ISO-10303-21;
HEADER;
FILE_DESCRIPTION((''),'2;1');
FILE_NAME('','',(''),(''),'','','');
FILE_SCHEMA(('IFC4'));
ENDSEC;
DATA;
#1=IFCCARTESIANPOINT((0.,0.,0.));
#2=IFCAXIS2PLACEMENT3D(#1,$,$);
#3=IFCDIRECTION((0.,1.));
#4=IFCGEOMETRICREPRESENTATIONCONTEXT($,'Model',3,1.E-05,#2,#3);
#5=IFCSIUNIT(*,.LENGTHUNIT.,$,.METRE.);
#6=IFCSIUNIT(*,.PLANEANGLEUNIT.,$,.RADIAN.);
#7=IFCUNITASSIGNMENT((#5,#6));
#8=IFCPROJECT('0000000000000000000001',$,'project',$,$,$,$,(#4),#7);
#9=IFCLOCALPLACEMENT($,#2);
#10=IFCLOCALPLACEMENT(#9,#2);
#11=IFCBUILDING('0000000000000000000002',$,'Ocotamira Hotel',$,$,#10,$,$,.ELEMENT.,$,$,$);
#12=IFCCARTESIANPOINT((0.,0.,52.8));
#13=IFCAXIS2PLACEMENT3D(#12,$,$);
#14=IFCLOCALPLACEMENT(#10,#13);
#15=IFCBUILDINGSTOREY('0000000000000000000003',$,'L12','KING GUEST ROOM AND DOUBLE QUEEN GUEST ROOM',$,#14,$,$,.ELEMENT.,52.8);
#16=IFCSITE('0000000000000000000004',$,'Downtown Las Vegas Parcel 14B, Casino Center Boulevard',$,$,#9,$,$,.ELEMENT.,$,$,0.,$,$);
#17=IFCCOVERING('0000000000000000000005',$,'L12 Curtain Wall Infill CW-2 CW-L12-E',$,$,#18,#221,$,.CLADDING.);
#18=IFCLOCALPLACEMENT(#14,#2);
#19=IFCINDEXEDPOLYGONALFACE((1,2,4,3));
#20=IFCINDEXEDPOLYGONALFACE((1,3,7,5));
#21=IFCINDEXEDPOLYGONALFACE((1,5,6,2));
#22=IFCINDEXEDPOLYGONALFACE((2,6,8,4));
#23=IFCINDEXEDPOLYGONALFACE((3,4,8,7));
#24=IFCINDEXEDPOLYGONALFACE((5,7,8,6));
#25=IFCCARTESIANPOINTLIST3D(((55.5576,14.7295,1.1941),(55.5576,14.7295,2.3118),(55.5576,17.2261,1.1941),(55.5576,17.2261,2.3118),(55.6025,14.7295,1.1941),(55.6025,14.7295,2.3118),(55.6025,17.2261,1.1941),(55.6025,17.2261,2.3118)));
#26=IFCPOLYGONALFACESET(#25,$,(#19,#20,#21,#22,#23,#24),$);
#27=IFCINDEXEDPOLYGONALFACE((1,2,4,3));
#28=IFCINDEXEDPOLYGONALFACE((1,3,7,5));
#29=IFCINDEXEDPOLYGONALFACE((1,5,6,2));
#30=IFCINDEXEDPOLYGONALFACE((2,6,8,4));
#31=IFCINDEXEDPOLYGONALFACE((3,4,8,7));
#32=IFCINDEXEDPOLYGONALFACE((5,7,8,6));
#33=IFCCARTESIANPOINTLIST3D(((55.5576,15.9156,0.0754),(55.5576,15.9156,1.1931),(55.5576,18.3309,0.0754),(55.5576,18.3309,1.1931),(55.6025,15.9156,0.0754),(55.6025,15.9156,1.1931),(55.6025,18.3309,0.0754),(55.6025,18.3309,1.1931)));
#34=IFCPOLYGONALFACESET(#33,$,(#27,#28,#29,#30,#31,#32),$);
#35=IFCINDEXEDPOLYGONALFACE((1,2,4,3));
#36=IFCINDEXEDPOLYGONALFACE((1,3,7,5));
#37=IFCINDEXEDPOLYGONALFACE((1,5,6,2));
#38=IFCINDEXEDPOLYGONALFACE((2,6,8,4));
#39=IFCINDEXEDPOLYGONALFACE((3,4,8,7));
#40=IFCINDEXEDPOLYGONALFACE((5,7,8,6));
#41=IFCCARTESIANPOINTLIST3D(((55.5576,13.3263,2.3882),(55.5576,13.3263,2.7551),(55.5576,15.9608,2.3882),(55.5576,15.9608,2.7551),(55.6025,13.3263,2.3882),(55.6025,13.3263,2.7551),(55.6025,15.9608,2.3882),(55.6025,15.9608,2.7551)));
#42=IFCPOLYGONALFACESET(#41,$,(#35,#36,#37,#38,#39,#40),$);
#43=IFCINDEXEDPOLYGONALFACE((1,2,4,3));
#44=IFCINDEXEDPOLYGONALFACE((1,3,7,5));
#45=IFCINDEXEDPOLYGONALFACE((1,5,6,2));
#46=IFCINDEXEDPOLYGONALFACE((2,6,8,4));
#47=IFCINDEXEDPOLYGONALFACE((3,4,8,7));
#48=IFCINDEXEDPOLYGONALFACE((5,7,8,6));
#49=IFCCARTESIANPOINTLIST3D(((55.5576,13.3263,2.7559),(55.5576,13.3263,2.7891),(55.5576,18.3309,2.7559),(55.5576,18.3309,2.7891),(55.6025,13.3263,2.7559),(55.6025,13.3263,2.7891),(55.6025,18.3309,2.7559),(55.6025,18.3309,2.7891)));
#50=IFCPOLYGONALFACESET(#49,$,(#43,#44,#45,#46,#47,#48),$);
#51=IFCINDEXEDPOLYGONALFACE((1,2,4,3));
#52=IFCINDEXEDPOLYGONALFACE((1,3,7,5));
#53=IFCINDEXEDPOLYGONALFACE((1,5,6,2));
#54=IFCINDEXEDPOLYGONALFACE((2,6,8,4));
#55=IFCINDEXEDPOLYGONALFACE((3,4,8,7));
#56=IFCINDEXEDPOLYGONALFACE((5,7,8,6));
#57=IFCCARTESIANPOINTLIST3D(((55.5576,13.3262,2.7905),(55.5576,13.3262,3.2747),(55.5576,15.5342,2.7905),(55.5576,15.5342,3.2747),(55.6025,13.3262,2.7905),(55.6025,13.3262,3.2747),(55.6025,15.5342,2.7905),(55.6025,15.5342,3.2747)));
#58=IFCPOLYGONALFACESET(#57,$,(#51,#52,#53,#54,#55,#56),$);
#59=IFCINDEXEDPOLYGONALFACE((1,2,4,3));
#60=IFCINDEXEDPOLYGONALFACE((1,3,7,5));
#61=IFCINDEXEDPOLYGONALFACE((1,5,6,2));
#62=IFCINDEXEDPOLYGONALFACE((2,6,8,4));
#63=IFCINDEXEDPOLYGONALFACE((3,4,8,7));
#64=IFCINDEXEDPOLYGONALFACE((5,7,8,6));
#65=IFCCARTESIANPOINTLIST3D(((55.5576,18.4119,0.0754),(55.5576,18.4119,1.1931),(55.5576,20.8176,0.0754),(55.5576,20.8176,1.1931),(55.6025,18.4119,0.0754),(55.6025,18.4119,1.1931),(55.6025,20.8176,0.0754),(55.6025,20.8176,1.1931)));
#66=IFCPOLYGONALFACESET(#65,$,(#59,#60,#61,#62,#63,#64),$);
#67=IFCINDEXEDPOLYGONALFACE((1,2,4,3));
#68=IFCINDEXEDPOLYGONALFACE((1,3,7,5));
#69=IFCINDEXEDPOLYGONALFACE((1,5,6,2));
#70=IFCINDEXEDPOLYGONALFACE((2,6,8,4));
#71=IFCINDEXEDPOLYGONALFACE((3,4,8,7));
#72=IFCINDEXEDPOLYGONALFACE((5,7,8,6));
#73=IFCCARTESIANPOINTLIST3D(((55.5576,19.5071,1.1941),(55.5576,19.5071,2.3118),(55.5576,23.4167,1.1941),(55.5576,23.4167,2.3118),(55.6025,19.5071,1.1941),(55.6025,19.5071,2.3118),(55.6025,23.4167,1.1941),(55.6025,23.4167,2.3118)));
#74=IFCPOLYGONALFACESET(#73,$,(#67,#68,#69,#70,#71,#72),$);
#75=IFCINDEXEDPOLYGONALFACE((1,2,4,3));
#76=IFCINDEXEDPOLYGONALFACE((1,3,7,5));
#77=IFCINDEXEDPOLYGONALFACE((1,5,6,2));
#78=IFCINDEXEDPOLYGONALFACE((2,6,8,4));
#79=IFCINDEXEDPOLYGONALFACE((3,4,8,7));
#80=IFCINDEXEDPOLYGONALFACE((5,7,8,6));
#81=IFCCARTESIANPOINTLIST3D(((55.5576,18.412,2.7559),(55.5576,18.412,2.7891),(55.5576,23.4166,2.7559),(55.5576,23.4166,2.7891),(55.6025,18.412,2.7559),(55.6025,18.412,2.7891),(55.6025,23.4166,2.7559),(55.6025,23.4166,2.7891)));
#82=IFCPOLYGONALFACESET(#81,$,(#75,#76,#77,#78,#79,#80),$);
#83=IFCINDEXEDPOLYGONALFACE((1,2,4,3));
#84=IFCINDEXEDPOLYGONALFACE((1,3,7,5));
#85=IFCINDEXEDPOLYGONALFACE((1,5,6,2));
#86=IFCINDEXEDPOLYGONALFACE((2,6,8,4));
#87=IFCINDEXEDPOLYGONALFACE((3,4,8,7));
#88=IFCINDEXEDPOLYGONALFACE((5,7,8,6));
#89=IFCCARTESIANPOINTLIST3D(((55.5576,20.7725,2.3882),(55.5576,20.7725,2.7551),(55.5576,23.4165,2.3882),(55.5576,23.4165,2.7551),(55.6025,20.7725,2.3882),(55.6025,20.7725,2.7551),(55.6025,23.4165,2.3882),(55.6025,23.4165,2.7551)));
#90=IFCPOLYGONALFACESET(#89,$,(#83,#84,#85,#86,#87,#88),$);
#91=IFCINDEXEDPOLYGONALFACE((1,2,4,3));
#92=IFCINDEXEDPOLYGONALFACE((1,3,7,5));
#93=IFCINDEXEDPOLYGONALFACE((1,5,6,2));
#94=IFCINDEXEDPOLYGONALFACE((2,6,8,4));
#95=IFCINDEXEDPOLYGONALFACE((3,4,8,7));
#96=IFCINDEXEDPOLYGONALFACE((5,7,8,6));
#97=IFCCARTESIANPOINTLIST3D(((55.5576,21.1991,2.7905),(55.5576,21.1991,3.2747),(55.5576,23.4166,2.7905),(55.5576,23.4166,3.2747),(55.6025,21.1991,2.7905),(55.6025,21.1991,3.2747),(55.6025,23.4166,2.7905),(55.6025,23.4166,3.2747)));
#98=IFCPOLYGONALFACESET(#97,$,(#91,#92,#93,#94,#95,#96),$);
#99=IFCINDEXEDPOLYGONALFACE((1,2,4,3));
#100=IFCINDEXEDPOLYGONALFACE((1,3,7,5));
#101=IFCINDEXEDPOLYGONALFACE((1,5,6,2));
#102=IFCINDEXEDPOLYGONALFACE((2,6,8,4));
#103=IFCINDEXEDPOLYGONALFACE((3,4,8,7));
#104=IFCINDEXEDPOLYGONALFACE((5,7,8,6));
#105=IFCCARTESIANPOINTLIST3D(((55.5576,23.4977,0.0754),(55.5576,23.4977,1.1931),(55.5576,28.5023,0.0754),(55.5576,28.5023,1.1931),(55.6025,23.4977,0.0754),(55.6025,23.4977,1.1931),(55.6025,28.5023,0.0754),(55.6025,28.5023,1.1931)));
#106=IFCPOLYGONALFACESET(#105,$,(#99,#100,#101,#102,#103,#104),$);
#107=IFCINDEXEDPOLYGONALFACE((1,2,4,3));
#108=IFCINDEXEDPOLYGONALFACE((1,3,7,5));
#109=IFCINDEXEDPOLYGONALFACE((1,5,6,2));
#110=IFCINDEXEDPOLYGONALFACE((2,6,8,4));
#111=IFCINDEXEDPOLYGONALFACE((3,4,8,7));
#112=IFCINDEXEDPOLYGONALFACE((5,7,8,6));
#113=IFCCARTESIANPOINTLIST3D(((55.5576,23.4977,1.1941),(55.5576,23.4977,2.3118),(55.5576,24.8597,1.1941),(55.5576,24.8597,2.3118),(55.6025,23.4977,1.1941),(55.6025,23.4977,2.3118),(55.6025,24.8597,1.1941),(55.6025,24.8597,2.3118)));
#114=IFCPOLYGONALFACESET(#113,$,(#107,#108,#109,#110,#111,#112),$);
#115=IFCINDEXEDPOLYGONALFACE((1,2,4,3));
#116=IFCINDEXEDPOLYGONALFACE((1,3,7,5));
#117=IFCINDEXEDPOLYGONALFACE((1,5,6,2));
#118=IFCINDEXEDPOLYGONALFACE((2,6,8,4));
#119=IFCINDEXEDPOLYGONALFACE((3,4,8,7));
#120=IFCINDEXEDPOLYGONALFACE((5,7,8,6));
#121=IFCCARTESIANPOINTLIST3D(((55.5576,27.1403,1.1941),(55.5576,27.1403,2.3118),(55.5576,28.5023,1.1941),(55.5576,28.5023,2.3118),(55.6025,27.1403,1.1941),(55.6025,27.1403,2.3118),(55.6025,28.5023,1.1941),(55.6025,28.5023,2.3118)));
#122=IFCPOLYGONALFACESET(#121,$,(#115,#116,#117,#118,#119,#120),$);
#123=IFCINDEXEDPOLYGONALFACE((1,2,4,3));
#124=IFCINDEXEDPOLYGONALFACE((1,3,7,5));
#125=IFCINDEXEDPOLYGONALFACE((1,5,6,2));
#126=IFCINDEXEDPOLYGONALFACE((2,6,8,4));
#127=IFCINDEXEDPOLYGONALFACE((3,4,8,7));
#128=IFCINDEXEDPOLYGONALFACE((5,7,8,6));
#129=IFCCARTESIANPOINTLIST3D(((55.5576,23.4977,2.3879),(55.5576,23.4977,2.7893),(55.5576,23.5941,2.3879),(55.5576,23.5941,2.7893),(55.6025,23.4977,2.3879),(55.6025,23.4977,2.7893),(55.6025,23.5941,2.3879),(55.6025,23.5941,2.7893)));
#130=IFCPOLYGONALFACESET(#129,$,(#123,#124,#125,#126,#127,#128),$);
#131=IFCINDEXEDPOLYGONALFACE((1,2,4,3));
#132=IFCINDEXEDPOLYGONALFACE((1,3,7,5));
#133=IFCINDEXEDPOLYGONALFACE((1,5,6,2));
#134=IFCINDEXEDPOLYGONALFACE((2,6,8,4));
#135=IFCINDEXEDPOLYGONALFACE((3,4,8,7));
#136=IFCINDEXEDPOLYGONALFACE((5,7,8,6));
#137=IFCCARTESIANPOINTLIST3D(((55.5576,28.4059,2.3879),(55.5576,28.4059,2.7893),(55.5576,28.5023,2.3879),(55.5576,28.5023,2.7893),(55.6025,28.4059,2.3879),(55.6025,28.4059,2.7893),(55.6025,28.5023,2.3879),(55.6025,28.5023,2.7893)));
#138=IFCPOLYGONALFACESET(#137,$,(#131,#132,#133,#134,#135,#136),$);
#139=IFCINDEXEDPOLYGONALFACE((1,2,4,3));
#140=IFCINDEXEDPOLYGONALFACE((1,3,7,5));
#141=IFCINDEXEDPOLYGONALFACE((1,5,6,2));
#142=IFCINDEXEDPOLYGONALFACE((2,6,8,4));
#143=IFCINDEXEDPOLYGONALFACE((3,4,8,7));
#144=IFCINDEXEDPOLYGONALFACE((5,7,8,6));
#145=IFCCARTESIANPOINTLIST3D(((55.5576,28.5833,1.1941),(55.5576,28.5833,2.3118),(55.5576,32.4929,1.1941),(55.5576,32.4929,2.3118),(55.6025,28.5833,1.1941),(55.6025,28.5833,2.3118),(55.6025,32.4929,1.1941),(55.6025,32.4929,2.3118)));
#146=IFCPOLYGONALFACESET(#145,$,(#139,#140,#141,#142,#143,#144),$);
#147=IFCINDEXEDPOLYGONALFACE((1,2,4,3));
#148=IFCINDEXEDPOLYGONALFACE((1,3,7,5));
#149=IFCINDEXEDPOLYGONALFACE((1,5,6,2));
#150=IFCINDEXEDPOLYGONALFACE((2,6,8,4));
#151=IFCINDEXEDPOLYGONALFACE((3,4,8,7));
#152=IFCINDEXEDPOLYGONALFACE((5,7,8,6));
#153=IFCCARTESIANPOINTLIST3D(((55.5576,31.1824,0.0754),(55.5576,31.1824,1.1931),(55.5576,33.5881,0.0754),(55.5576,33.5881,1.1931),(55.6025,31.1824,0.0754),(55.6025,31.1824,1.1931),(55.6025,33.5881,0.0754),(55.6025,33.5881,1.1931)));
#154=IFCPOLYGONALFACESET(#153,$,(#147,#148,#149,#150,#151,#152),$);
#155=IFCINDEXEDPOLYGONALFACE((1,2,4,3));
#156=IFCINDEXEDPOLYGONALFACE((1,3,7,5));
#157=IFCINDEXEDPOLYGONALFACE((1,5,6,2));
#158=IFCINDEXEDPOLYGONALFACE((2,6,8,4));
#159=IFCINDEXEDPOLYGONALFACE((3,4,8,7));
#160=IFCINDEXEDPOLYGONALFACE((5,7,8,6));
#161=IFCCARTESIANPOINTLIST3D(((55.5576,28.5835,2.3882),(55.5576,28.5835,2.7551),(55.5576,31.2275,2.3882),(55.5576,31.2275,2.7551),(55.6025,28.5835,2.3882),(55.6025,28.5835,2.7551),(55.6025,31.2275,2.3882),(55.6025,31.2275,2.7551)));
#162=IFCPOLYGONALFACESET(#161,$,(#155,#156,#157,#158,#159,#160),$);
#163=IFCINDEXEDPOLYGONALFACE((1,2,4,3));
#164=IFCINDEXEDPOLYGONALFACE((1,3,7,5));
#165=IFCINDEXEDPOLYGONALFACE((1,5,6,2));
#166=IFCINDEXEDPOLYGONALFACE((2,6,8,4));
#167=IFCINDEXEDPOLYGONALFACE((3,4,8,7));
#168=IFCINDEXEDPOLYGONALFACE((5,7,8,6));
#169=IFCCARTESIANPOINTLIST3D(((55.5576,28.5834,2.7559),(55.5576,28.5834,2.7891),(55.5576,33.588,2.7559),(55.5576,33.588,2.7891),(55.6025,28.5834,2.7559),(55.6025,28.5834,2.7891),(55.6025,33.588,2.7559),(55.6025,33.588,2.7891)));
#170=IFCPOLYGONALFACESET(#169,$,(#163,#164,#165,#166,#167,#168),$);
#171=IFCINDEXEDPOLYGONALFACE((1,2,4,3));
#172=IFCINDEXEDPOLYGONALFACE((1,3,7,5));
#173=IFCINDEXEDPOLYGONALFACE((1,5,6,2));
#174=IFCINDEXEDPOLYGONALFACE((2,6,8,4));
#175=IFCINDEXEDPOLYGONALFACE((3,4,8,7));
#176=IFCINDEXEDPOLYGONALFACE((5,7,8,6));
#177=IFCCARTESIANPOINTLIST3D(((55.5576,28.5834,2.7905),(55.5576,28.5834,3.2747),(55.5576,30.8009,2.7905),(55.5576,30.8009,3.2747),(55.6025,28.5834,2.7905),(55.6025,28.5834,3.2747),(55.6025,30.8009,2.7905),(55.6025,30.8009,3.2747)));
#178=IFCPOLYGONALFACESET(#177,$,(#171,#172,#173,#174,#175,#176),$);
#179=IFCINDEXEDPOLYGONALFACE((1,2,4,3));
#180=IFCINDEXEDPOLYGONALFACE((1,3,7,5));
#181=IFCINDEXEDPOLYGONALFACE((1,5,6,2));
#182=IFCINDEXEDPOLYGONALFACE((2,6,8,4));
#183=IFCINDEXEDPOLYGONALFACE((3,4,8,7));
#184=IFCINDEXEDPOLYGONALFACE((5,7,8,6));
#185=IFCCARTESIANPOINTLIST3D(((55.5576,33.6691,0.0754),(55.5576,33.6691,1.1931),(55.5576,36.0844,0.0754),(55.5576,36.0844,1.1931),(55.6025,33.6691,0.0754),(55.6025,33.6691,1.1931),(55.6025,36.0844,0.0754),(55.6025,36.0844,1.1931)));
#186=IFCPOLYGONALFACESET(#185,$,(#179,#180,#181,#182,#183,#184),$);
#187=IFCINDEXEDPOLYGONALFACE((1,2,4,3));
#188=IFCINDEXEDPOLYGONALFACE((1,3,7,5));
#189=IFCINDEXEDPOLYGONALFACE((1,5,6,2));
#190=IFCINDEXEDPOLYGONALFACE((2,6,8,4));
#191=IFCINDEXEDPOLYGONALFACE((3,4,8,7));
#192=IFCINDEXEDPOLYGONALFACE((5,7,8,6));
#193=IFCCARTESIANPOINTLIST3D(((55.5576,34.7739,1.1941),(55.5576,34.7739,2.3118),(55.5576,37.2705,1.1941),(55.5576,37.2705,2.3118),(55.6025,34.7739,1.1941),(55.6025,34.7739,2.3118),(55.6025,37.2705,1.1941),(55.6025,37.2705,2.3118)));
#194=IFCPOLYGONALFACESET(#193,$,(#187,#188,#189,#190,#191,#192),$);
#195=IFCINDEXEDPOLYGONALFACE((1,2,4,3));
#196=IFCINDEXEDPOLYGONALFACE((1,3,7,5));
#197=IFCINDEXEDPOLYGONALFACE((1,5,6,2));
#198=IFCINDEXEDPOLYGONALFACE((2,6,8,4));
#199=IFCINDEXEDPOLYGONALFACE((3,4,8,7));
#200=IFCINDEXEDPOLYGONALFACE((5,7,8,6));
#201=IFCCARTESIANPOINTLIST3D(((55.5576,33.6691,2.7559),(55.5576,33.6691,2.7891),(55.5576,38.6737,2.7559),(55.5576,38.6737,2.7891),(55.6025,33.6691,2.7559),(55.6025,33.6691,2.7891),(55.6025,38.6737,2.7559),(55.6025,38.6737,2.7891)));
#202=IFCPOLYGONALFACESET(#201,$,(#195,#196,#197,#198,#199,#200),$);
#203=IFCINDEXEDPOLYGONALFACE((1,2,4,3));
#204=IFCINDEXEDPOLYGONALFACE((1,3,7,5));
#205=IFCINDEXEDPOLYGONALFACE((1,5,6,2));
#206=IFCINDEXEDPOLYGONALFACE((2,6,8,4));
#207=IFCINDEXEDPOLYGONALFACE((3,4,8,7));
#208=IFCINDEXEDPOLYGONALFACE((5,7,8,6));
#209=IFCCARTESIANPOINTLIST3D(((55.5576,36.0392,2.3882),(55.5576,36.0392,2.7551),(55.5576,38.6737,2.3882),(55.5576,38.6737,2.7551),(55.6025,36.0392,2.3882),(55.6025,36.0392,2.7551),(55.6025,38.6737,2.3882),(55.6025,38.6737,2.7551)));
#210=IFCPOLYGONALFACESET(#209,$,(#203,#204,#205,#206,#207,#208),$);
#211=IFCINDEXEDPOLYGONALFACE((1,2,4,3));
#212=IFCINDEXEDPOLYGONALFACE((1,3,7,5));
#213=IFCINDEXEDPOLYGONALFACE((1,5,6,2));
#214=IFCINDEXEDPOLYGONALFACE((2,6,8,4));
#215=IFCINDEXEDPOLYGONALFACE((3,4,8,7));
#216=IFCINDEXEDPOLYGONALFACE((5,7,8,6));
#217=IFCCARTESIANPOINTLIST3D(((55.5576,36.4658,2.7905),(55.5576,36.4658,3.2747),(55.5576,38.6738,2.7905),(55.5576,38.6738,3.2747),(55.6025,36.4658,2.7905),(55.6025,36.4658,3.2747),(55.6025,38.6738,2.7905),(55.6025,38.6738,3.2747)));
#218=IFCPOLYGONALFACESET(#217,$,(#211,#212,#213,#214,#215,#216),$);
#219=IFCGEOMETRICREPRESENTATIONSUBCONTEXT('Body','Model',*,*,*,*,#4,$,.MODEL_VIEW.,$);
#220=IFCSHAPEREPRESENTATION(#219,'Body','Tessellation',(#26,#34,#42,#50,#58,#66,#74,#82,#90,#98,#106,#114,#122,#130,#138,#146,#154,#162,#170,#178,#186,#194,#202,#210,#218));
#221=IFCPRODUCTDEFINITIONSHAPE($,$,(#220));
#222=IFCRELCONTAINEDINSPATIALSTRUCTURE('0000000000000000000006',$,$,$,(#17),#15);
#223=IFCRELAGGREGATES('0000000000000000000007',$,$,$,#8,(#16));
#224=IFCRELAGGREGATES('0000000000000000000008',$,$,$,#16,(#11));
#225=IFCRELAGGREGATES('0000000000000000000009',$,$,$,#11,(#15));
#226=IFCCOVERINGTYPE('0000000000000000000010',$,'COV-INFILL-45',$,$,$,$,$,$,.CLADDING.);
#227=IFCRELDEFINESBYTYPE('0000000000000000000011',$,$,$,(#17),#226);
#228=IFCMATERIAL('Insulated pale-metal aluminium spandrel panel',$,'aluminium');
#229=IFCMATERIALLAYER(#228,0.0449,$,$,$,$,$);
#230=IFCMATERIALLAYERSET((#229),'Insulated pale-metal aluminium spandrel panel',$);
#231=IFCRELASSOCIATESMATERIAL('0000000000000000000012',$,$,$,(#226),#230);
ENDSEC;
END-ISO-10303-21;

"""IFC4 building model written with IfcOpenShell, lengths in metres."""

from ifc_helpers import new_model, si_unit, direction, frame, origin, origin_2d, place, context, subcontext, project, spatial, rectangle, extrude, material, layer, layer_set, type_object, element, save


model = new_model("IFC4")

# Units and contexts
model_context = context("Model", 3, precision=1e-05, world=origin(), true_north=direction((0.0, 1.0)))
body_context = subcontext(model_context, "Body", "Model", "MODEL_VIEW")
ifc_project = project(units=[si_unit("LENGTHUNIT", "METRE"), si_unit("PLANEANGLEUNIT", "RADIAN")], contexts=[model_context])

# Site, building, storey
site_placement = place(None, origin())
site = spatial("IfcSite", under=ifc_project, at=site_placement, Name="Downtown Las Vegas Parcel 14B, Casino Center Boulevard", CompositionType="ELEMENT", RefElevation=0.0)
building_placement = place(site_placement, origin())
building = spatial("IfcBuilding", under=site, at=building_placement, Name="Ocotamira Hotel", CompositionType="ELEMENT")
storey_placement = place(building_placement, frame((0.0, 0.0, 52.8)))
storey = spatial("IfcBuildingStorey", under=building, at=storey_placement, Name="L12", Description="KING GUEST ROOM AND DOUBLE QUEEN GUEST ROOM", CompositionType="ELEMENT", Elevation=52.8)

# Covering
ifc_material_1 = material(Name="Insulated pale-metal aluminium spandrel panel", Category="aluminium")
ifc_layer_1 = layer(ifc_material_1, 0.0449)
ifc_layer_set_1 = layer_set([ifc_layer_1], Name="Insulated pale-metal aluminium spandrel panel")
covering_type_1 = type_object("IfcCoveringType", Name="COV-INFILL-45", PredefinedType="CLADDING", material=ifc_layer_set_1)
covering_1_placement = place(storey_placement, origin())
element("IfcCovering", 1, at=covering_1_placement, inside=storey, type_object=covering_type_1, Name="L12 Curtain Wall Infill CW-2 CW-L12-E", PredefinedType="CLADDING", context=body_context, shape_type="SweptSolid", body=[
    extrude(rectangle(XDim=2.4966, YDim=0.0449, at=origin_2d()), frame((55.5801, 15.9778, 1.1941), z_axis=(0.0, 0.0, 1.0), x_axis=(0.0, 1.0, 0.0)), (0.0, 0.0, 1.0), 1.1177),
    extrude(rectangle(XDim=2.4153, YDim=0.0449, at=origin_2d()), frame((55.5801, 17.1233, 0.0754), z_axis=(0.0, 0.0, 1.0), x_axis=(0.0, 1.0, 0.0)), (0.0, 0.0, 1.0), 1.1177),
    extrude(rectangle(XDim=2.6345, YDim=0.0449, at=origin_2d()), frame((55.5801, 14.6436, 2.3882), z_axis=(0.0, 0.0, 1.0), x_axis=(0.0, 1.0, 0.0)), (0.0, 0.0, 1.0), 0.3669),
    extrude(rectangle(XDim=5.0046, YDim=0.0449, at=origin_2d()), frame((55.5801, 15.8286, 2.7559), z_axis=(0.0, 0.0, 1.0), x_axis=(0.0, 1.0, 0.0)), (0.0, 0.0, 1.0), 0.0332),
    extrude(rectangle(XDim=2.208, YDim=0.0449, at=origin_2d()), frame((55.5801, 14.4302, 2.7905), z_axis=(0.0, 0.0, 1.0), x_axis=(0.0, 1.0, 0.0)), (0.0, 0.0, 1.0), 0.4841),
    extrude(rectangle(XDim=2.4058, YDim=0.0449, at=origin_2d()), frame((55.5801, 19.6147, 0.0754), z_axis=(0.0, 0.0, 1.0), x_axis=(0.0, 1.0, 0.0)), (0.0, 0.0, 1.0), 1.1177),
    extrude(rectangle(XDim=3.9097, YDim=0.0449, at=origin_2d()), frame((55.5801, 21.4619, 1.1941), z_axis=(0.0, 0.0, 1.0), x_axis=(0.0, 1.0, 0.0)), (0.0, 0.0, 1.0), 1.1177),
    extrude(rectangle(XDim=5.0046, YDim=0.0449, at=origin_2d()), frame((55.5801, 20.9143, 2.7559), z_axis=(0.0, 0.0, 1.0), x_axis=(0.0, 1.0, 0.0)), (0.0, 0.0, 1.0), 0.0332),
    extrude(rectangle(XDim=2.644, YDim=0.0449, at=origin_2d()), frame((55.5801, 22.0945, 2.3882), z_axis=(0.0, 0.0, 1.0), x_axis=(0.0, 1.0, 0.0)), (0.0, 0.0, 1.0), 0.3669),
    extrude(rectangle(XDim=2.2175, YDim=0.0449, at=origin_2d()), frame((55.5801, 22.3079, 2.7905), z_axis=(0.0, 0.0, 1.0), x_axis=(0.0, 1.0, 0.0)), (0.0, 0.0, 1.0), 0.4841),
    extrude(rectangle(XDim=5.0046, YDim=0.0449, at=origin_2d()), frame((55.5801, 26.0, 0.0754), z_axis=(0.0, 0.0, 1.0), x_axis=(0.0, 1.0, 0.0)), (0.0, 0.0, 1.0), 1.1177),
    extrude(rectangle(XDim=1.3621, YDim=0.0449, at=origin_2d()), frame((55.5801, 24.1787, 1.1941), z_axis=(0.0, 0.0, 1.0), x_axis=(0.0, 1.0, 0.0)), (0.0, 0.0, 1.0), 1.1177),
    extrude(rectangle(XDim=1.3621, YDim=0.0449, at=origin_2d()), frame((55.5801, 27.8213, 1.1941), z_axis=(0.0, 0.0, 1.0), x_axis=(0.0, 1.0, 0.0)), (0.0, 0.0, 1.0), 1.1177),
    extrude(rectangle(XDim=0.0964, YDim=0.0449, at=origin_2d()), frame((55.5801, 23.5459, 2.3879), z_axis=(0.0, 0.0, 1.0), x_axis=(0.0, 1.0, 0.0)), (0.0, 0.0, 1.0), 0.4014),
    extrude(rectangle(XDim=0.0964, YDim=0.0449, at=origin_2d()), frame((55.5801, 28.4541, 2.3879), z_axis=(0.0, 0.0, 1.0), x_axis=(0.0, 1.0, 0.0)), (0.0, 0.0, 1.0), 0.4014),
    extrude(rectangle(XDim=3.9097, YDim=0.0449, at=origin_2d()), frame((55.5801, 30.5381, 1.1941), z_axis=(0.0, 0.0, 1.0), x_axis=(0.0, 1.0, 0.0)), (0.0, 0.0, 1.0), 1.1177),
    extrude(rectangle(XDim=2.4058, YDim=0.0449, at=origin_2d()), frame((55.5801, 32.3853, 0.0754), z_axis=(0.0, 0.0, 1.0), x_axis=(0.0, 1.0, 0.0)), (0.0, 0.0, 1.0), 1.1177),
    extrude(rectangle(XDim=2.644, YDim=0.0449, at=origin_2d()), frame((55.5801, 29.9055, 2.3882), z_axis=(0.0, 0.0, 1.0), x_axis=(0.0, 1.0, 0.0)), (0.0, 0.0, 1.0), 0.3669),
    extrude(rectangle(XDim=5.0046, YDim=0.0449, at=origin_2d()), frame((55.5801, 31.0857, 2.7559), z_axis=(0.0, 0.0, 1.0), x_axis=(0.0, 1.0, 0.0)), (0.0, 0.0, 1.0), 0.0332),
    extrude(rectangle(XDim=2.2175, YDim=0.0449, at=origin_2d()), frame((55.5801, 29.6921, 2.7905), z_axis=(0.0, 0.0, 1.0), x_axis=(0.0, 1.0, 0.0)), (0.0, 0.0, 1.0), 0.4841),
    extrude(rectangle(XDim=2.4153, YDim=0.0449, at=origin_2d()), frame((55.5801, 34.8767, 0.0754), z_axis=(0.0, 0.0, 1.0), x_axis=(0.0, 1.0, 0.0)), (0.0, 0.0, 1.0), 1.1177),
    extrude(rectangle(XDim=2.4966, YDim=0.0449, at=origin_2d()), frame((55.5801, 36.0222, 1.1941), z_axis=(0.0, 0.0, 1.0), x_axis=(0.0, 1.0, 0.0)), (0.0, 0.0, 1.0), 1.1177),
    extrude(rectangle(XDim=5.0046, YDim=0.0449, at=origin_2d()), frame((55.5801, 36.1714, 2.7559), z_axis=(0.0, 0.0, 1.0), x_axis=(0.0, 1.0, 0.0)), (0.0, 0.0, 1.0), 0.0332),
    extrude(rectangle(XDim=2.6345, YDim=0.0449, at=origin_2d()), frame((55.5801, 37.3564, 2.3882), z_axis=(0.0, 0.0, 1.0), x_axis=(0.0, 1.0, 0.0)), (0.0, 0.0, 1.0), 0.3669),
    extrude(rectangle(XDim=2.208, YDim=0.0449, at=origin_2d()), frame((55.5801, 37.5698, 2.7905), z_axis=(0.0, 0.0, 1.0), x_axis=(0.0, 1.0, 0.0)), (0.0, 0.0, 1.0), 0.4841),
])

save(model, "model.ifc")
